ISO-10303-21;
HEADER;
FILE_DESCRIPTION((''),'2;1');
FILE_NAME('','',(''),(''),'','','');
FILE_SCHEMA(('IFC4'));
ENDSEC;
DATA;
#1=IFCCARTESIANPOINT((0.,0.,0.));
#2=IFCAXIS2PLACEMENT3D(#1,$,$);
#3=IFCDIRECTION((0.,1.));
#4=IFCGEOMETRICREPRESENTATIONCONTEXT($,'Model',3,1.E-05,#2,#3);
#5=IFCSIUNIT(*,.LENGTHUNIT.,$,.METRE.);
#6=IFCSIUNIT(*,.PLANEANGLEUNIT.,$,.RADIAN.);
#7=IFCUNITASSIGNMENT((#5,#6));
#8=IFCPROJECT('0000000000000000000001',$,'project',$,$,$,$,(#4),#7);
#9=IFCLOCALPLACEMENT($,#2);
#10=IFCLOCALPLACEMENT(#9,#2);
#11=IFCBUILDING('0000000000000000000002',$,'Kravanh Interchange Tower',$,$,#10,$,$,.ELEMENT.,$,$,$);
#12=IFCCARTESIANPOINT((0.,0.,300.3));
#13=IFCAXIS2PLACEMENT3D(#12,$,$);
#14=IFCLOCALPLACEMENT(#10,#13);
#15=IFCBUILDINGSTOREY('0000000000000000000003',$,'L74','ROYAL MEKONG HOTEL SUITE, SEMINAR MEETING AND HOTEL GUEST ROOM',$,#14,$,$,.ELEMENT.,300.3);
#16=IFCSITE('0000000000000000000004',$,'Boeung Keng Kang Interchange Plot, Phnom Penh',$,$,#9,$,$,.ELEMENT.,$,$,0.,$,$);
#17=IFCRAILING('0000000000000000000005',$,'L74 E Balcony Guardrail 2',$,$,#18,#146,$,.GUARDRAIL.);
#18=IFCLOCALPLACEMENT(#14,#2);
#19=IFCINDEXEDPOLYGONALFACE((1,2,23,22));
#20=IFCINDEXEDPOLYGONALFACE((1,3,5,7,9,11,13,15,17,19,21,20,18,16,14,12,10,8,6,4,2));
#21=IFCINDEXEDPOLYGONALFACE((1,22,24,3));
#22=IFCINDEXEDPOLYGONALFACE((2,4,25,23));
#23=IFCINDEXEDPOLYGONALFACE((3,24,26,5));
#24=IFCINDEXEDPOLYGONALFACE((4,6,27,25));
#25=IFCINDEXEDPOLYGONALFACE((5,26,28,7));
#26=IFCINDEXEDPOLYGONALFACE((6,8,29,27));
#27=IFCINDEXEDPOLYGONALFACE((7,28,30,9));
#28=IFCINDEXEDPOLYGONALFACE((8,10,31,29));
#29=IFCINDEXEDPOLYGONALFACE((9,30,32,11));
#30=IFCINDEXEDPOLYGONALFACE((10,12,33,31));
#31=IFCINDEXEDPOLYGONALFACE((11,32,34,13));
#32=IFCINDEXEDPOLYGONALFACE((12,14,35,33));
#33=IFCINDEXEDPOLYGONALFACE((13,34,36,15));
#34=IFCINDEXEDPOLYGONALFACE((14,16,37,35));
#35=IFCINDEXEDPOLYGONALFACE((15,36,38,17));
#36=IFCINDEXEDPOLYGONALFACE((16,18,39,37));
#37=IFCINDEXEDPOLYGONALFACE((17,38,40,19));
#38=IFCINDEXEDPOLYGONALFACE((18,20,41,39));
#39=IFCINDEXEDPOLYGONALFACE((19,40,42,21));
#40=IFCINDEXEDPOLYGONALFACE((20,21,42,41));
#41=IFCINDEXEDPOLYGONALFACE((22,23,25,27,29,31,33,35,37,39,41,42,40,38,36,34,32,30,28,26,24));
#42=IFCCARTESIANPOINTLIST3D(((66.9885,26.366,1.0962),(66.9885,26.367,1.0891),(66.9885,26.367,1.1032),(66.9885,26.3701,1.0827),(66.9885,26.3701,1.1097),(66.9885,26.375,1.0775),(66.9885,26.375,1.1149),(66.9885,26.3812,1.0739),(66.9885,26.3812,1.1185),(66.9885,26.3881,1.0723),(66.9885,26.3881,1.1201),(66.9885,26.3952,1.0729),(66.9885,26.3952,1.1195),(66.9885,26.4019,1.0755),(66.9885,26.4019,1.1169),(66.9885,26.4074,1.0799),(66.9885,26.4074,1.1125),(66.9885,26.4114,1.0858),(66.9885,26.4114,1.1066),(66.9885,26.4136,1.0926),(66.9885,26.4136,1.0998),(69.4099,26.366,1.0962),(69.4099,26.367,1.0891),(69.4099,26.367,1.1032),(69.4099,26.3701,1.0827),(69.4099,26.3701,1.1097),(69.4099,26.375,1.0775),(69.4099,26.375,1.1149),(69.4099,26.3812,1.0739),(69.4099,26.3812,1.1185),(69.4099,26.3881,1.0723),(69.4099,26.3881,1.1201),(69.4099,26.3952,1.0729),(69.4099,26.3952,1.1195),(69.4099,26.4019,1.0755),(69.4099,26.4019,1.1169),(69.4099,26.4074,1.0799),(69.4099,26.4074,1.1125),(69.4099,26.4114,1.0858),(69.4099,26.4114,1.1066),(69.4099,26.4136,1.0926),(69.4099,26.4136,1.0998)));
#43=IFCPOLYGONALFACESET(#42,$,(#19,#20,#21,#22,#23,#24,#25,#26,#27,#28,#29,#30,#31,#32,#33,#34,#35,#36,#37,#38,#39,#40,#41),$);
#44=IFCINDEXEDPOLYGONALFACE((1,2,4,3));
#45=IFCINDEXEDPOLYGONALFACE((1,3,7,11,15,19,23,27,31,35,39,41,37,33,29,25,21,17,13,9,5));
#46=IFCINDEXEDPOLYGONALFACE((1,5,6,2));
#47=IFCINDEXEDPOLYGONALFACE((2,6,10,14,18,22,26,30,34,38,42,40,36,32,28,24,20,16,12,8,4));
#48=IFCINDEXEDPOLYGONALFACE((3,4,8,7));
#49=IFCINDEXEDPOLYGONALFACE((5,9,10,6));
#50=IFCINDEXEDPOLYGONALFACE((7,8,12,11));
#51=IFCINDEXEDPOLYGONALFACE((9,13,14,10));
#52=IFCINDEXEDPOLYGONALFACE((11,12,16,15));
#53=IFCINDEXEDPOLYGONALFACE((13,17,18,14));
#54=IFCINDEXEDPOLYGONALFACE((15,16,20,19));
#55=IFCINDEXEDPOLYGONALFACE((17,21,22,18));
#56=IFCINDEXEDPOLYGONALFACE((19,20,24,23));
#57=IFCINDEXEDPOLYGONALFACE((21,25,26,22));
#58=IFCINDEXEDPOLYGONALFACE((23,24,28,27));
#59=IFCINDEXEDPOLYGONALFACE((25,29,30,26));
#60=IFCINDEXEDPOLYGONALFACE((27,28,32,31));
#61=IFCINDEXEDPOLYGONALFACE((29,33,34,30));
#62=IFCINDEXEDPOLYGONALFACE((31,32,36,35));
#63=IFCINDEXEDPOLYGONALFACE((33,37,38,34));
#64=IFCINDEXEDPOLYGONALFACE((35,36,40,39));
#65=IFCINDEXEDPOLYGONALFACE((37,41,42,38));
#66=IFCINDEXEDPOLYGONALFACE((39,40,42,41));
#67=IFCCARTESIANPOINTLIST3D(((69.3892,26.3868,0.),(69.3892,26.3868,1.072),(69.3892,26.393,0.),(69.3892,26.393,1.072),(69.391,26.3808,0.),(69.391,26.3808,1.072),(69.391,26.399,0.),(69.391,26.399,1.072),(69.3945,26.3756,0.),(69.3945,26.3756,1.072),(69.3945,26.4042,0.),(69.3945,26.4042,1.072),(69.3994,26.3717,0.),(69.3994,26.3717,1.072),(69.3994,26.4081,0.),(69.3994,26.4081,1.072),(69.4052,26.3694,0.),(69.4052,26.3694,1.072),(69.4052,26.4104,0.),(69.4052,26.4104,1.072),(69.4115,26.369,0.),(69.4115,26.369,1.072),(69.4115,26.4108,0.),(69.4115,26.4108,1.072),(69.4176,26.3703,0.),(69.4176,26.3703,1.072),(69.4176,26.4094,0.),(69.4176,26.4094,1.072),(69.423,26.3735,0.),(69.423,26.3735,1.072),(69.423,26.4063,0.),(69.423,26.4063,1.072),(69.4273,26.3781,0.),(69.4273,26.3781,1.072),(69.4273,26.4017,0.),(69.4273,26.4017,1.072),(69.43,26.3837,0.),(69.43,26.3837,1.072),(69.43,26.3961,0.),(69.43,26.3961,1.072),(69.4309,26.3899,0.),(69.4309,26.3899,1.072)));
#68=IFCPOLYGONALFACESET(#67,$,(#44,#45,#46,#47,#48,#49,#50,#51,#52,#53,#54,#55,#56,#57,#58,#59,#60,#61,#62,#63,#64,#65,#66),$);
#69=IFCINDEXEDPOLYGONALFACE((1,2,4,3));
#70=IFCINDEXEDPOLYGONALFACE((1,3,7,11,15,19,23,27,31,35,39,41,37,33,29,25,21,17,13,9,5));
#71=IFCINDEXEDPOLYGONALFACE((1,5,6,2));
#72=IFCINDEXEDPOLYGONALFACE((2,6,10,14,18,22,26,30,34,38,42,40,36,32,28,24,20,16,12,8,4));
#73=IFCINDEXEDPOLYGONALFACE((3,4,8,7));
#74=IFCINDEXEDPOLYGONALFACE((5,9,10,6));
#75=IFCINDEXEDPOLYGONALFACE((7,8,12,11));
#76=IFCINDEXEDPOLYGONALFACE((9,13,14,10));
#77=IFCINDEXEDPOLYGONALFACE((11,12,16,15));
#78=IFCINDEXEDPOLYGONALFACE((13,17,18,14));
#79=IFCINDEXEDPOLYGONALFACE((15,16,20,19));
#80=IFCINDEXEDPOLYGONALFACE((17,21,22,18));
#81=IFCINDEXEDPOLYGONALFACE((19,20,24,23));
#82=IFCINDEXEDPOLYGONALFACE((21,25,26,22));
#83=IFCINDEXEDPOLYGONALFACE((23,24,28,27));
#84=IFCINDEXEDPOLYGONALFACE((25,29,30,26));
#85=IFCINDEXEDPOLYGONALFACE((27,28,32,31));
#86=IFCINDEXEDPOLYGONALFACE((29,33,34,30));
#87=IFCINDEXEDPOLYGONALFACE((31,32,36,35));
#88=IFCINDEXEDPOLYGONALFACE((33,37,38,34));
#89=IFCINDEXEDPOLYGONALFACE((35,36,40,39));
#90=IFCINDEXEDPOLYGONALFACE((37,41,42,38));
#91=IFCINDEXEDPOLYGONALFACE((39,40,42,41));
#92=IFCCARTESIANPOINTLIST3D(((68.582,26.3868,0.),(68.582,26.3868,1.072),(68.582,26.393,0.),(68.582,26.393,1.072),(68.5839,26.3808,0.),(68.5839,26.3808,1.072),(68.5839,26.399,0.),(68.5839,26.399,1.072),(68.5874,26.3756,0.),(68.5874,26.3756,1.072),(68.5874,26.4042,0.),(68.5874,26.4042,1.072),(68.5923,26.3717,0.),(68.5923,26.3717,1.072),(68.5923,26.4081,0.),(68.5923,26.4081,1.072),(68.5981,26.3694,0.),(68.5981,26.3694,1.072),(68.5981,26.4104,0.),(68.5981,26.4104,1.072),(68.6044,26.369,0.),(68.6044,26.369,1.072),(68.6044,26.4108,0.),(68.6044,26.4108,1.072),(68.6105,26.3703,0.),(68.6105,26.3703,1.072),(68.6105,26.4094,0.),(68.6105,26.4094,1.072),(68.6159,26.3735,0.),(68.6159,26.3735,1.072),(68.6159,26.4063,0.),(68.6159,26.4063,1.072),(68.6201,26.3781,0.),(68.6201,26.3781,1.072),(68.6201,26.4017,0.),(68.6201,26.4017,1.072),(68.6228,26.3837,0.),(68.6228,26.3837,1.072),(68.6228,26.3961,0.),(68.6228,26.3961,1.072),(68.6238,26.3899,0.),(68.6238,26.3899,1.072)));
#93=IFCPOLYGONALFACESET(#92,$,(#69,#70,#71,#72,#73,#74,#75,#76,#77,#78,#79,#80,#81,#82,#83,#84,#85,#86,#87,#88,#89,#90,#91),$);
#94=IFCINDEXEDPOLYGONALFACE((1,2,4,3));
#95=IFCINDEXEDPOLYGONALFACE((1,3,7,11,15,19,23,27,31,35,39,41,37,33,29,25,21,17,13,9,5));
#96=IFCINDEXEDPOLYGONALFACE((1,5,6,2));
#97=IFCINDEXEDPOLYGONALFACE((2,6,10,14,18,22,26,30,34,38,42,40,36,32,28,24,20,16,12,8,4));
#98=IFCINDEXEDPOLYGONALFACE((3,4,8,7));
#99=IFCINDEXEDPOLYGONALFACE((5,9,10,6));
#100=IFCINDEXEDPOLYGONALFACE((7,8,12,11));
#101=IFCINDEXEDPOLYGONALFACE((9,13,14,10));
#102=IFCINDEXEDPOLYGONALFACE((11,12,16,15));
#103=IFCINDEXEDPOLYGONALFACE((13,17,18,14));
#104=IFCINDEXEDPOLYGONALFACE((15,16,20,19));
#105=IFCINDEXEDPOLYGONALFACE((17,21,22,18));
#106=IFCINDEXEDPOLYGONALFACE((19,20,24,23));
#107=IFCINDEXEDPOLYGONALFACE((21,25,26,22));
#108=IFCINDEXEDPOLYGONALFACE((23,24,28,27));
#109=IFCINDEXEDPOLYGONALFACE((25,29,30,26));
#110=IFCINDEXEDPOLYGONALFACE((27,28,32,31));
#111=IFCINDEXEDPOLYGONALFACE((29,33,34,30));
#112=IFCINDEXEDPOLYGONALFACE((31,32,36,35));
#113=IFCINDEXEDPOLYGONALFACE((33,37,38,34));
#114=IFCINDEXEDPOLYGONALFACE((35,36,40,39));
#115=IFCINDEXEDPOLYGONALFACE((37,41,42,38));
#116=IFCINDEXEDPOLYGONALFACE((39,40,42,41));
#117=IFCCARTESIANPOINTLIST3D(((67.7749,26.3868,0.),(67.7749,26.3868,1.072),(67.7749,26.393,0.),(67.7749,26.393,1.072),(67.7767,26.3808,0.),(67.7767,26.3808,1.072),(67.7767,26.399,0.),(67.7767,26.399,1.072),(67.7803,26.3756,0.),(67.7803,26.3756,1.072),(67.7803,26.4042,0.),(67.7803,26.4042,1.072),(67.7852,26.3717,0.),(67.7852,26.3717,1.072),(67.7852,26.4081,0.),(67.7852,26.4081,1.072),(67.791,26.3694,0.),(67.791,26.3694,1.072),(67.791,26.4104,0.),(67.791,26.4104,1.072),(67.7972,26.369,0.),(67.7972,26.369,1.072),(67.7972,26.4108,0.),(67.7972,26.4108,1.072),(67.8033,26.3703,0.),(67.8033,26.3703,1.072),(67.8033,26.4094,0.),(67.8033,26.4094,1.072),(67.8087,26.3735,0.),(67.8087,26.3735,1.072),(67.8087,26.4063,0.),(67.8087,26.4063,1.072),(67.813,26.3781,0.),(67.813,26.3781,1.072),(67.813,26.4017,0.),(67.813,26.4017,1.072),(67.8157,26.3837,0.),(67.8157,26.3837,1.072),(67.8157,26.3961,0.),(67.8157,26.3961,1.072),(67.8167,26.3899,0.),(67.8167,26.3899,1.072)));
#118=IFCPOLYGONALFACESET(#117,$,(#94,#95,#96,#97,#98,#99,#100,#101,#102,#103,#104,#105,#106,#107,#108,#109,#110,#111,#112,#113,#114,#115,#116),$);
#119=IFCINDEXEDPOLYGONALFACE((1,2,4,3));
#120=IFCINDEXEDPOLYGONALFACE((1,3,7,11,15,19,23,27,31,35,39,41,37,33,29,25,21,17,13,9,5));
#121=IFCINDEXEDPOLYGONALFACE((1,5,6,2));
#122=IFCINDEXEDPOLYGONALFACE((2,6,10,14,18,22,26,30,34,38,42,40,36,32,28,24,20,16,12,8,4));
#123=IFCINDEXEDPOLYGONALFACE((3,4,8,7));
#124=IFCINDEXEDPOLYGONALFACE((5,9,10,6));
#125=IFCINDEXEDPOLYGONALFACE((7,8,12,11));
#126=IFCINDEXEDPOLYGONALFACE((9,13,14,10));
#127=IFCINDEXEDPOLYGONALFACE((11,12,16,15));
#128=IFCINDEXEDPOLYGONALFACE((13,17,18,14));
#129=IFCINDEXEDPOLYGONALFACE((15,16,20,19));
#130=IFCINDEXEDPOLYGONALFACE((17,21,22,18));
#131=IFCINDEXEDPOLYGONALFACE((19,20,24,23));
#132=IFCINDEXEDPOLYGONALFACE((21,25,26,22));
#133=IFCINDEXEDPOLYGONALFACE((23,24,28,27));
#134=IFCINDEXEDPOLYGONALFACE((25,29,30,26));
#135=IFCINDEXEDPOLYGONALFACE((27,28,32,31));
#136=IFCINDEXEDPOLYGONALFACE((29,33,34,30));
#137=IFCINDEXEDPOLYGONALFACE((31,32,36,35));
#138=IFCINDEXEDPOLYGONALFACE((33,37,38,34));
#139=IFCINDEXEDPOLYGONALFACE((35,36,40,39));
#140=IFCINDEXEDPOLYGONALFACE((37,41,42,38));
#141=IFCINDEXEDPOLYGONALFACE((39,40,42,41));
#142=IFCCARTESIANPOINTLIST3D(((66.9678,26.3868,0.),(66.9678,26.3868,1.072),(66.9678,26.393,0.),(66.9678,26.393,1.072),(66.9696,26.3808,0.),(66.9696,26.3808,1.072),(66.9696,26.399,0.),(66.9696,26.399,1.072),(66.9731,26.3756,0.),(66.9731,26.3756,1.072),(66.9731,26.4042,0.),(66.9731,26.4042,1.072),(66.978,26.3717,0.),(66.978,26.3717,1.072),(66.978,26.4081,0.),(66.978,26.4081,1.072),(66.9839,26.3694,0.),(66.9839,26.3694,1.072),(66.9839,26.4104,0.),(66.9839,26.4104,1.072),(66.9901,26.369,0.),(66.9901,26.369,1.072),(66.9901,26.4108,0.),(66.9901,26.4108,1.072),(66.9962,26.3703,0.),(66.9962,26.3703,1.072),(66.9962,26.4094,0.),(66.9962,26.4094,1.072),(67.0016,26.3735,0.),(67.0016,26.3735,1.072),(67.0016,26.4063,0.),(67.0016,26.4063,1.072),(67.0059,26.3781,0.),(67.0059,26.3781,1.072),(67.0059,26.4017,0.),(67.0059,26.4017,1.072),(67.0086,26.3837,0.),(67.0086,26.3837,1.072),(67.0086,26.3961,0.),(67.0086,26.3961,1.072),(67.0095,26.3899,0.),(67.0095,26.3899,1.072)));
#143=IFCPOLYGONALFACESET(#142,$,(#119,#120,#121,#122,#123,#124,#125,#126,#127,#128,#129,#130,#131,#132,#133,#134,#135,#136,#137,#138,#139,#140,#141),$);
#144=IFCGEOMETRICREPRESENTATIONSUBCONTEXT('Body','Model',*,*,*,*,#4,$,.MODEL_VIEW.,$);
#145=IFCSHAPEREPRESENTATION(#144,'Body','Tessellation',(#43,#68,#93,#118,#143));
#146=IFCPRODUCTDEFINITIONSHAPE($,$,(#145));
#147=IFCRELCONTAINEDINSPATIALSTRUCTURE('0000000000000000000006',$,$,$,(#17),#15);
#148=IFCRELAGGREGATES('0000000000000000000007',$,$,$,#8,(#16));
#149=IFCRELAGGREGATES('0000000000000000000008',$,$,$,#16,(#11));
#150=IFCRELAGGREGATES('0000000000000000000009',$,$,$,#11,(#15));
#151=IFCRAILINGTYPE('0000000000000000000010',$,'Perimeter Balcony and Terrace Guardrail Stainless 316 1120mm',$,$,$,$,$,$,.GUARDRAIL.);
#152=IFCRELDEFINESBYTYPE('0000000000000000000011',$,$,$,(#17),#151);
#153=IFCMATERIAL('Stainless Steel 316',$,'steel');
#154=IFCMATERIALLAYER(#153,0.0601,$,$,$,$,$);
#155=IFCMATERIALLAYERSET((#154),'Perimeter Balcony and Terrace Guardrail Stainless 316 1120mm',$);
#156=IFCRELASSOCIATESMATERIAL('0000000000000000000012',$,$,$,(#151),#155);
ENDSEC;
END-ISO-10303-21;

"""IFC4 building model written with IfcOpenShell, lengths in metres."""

from ifc_helpers import new_model, si_unit, direction, frame, origin, origin_2d, place, context, subcontext, project, spatial, circle, extrude, material, layer, layer_set, type_object, element, save


model = new_model("IFC4")

# Units and contexts
model_context = context("Model", 3, precision=1e-05, world=origin(), true_north=direction((0.0, 1.0)))
body_context = subcontext(model_context, "Body", "Model", "MODEL_VIEW")
ifc_project = project(units=[si_unit("LENGTHUNIT", "METRE"), si_unit("PLANEANGLEUNIT", "RADIAN")], contexts=[model_context])

# Site, building, storey
site_placement = place(None, origin())
site = spatial("IfcSite", under=ifc_project, at=site_placement, Name="Boeung Keng Kang Interchange Plot, Phnom Penh", CompositionType="ELEMENT", RefElevation=0.0)
building_placement = place(site_placement, origin())
building = spatial("IfcBuilding", under=site, at=building_placement, Name="Kravanh Interchange Tower", CompositionType="ELEMENT")
storey_placement = place(building_placement, frame((0.0, 0.0, 300.3)))
storey = spatial("IfcBuildingStorey", under=building, at=storey_placement, Name="L74", Description="ROYAL MEKONG HOTEL SUITE, SEMINAR MEETING AND HOTEL GUEST ROOM", CompositionType="ELEMENT", Elevation=300.3)

# Railing
ifc_material_1 = material(Name="Stainless Steel 316", Category="steel")
ifc_layer_1 = layer(ifc_material_1, 0.0601)
ifc_layer_set_1 = layer_set([ifc_layer_1], Name="Perimeter Balcony and Terrace Guardrail Stainless 316 1120mm")
railing_type = type_object("IfcRailingType", Name="Perimeter Balcony and Terrace Guardrail Stainless 316 1120mm", PredefinedType="GUARDRAIL", material=ifc_layer_set_1)
railing_placement = place(storey_placement, frame((69.4099, 26.3899, 0.0)))
element("IfcRailing", 1, at=railing_placement, inside=storey, type_object=railing_type, Name="L74 E Balcony Guardrail 2", PredefinedType="GUARDRAIL", context=body_context, shape_type="SweptSolid", body=[
    extrude(circle(Radius=0.0239, at=origin_2d()), frame((0.0, 0.0, 1.0962), z_axis=(-1.0, 0.0, 0.0), x_axis=(0.0, -1.0, 0.0)), (0.0, 0.0, 1.0), 2.4214),
    extrude(circle(Radius=0.021, at=origin_2d()), origin(), (0.0, 0.0, 1.0), 1.072),
    extrude(circle(Radius=0.021, at=origin_2d()), frame((-0.8071, 0.0, 0.0)), (0.0, 0.0, 1.0), 1.072),
    extrude(circle(Radius=0.021, at=origin_2d()), frame((-1.6143, 0.0, 0.0)), (0.0, 0.0, 1.0), 1.072),
    extrude(circle(Radius=0.021, at=origin_2d()), frame((-2.4214, 0.0, 0.0)), (0.0, 0.0, 1.0), 1.072),
])

save(model, "model.ifc")
